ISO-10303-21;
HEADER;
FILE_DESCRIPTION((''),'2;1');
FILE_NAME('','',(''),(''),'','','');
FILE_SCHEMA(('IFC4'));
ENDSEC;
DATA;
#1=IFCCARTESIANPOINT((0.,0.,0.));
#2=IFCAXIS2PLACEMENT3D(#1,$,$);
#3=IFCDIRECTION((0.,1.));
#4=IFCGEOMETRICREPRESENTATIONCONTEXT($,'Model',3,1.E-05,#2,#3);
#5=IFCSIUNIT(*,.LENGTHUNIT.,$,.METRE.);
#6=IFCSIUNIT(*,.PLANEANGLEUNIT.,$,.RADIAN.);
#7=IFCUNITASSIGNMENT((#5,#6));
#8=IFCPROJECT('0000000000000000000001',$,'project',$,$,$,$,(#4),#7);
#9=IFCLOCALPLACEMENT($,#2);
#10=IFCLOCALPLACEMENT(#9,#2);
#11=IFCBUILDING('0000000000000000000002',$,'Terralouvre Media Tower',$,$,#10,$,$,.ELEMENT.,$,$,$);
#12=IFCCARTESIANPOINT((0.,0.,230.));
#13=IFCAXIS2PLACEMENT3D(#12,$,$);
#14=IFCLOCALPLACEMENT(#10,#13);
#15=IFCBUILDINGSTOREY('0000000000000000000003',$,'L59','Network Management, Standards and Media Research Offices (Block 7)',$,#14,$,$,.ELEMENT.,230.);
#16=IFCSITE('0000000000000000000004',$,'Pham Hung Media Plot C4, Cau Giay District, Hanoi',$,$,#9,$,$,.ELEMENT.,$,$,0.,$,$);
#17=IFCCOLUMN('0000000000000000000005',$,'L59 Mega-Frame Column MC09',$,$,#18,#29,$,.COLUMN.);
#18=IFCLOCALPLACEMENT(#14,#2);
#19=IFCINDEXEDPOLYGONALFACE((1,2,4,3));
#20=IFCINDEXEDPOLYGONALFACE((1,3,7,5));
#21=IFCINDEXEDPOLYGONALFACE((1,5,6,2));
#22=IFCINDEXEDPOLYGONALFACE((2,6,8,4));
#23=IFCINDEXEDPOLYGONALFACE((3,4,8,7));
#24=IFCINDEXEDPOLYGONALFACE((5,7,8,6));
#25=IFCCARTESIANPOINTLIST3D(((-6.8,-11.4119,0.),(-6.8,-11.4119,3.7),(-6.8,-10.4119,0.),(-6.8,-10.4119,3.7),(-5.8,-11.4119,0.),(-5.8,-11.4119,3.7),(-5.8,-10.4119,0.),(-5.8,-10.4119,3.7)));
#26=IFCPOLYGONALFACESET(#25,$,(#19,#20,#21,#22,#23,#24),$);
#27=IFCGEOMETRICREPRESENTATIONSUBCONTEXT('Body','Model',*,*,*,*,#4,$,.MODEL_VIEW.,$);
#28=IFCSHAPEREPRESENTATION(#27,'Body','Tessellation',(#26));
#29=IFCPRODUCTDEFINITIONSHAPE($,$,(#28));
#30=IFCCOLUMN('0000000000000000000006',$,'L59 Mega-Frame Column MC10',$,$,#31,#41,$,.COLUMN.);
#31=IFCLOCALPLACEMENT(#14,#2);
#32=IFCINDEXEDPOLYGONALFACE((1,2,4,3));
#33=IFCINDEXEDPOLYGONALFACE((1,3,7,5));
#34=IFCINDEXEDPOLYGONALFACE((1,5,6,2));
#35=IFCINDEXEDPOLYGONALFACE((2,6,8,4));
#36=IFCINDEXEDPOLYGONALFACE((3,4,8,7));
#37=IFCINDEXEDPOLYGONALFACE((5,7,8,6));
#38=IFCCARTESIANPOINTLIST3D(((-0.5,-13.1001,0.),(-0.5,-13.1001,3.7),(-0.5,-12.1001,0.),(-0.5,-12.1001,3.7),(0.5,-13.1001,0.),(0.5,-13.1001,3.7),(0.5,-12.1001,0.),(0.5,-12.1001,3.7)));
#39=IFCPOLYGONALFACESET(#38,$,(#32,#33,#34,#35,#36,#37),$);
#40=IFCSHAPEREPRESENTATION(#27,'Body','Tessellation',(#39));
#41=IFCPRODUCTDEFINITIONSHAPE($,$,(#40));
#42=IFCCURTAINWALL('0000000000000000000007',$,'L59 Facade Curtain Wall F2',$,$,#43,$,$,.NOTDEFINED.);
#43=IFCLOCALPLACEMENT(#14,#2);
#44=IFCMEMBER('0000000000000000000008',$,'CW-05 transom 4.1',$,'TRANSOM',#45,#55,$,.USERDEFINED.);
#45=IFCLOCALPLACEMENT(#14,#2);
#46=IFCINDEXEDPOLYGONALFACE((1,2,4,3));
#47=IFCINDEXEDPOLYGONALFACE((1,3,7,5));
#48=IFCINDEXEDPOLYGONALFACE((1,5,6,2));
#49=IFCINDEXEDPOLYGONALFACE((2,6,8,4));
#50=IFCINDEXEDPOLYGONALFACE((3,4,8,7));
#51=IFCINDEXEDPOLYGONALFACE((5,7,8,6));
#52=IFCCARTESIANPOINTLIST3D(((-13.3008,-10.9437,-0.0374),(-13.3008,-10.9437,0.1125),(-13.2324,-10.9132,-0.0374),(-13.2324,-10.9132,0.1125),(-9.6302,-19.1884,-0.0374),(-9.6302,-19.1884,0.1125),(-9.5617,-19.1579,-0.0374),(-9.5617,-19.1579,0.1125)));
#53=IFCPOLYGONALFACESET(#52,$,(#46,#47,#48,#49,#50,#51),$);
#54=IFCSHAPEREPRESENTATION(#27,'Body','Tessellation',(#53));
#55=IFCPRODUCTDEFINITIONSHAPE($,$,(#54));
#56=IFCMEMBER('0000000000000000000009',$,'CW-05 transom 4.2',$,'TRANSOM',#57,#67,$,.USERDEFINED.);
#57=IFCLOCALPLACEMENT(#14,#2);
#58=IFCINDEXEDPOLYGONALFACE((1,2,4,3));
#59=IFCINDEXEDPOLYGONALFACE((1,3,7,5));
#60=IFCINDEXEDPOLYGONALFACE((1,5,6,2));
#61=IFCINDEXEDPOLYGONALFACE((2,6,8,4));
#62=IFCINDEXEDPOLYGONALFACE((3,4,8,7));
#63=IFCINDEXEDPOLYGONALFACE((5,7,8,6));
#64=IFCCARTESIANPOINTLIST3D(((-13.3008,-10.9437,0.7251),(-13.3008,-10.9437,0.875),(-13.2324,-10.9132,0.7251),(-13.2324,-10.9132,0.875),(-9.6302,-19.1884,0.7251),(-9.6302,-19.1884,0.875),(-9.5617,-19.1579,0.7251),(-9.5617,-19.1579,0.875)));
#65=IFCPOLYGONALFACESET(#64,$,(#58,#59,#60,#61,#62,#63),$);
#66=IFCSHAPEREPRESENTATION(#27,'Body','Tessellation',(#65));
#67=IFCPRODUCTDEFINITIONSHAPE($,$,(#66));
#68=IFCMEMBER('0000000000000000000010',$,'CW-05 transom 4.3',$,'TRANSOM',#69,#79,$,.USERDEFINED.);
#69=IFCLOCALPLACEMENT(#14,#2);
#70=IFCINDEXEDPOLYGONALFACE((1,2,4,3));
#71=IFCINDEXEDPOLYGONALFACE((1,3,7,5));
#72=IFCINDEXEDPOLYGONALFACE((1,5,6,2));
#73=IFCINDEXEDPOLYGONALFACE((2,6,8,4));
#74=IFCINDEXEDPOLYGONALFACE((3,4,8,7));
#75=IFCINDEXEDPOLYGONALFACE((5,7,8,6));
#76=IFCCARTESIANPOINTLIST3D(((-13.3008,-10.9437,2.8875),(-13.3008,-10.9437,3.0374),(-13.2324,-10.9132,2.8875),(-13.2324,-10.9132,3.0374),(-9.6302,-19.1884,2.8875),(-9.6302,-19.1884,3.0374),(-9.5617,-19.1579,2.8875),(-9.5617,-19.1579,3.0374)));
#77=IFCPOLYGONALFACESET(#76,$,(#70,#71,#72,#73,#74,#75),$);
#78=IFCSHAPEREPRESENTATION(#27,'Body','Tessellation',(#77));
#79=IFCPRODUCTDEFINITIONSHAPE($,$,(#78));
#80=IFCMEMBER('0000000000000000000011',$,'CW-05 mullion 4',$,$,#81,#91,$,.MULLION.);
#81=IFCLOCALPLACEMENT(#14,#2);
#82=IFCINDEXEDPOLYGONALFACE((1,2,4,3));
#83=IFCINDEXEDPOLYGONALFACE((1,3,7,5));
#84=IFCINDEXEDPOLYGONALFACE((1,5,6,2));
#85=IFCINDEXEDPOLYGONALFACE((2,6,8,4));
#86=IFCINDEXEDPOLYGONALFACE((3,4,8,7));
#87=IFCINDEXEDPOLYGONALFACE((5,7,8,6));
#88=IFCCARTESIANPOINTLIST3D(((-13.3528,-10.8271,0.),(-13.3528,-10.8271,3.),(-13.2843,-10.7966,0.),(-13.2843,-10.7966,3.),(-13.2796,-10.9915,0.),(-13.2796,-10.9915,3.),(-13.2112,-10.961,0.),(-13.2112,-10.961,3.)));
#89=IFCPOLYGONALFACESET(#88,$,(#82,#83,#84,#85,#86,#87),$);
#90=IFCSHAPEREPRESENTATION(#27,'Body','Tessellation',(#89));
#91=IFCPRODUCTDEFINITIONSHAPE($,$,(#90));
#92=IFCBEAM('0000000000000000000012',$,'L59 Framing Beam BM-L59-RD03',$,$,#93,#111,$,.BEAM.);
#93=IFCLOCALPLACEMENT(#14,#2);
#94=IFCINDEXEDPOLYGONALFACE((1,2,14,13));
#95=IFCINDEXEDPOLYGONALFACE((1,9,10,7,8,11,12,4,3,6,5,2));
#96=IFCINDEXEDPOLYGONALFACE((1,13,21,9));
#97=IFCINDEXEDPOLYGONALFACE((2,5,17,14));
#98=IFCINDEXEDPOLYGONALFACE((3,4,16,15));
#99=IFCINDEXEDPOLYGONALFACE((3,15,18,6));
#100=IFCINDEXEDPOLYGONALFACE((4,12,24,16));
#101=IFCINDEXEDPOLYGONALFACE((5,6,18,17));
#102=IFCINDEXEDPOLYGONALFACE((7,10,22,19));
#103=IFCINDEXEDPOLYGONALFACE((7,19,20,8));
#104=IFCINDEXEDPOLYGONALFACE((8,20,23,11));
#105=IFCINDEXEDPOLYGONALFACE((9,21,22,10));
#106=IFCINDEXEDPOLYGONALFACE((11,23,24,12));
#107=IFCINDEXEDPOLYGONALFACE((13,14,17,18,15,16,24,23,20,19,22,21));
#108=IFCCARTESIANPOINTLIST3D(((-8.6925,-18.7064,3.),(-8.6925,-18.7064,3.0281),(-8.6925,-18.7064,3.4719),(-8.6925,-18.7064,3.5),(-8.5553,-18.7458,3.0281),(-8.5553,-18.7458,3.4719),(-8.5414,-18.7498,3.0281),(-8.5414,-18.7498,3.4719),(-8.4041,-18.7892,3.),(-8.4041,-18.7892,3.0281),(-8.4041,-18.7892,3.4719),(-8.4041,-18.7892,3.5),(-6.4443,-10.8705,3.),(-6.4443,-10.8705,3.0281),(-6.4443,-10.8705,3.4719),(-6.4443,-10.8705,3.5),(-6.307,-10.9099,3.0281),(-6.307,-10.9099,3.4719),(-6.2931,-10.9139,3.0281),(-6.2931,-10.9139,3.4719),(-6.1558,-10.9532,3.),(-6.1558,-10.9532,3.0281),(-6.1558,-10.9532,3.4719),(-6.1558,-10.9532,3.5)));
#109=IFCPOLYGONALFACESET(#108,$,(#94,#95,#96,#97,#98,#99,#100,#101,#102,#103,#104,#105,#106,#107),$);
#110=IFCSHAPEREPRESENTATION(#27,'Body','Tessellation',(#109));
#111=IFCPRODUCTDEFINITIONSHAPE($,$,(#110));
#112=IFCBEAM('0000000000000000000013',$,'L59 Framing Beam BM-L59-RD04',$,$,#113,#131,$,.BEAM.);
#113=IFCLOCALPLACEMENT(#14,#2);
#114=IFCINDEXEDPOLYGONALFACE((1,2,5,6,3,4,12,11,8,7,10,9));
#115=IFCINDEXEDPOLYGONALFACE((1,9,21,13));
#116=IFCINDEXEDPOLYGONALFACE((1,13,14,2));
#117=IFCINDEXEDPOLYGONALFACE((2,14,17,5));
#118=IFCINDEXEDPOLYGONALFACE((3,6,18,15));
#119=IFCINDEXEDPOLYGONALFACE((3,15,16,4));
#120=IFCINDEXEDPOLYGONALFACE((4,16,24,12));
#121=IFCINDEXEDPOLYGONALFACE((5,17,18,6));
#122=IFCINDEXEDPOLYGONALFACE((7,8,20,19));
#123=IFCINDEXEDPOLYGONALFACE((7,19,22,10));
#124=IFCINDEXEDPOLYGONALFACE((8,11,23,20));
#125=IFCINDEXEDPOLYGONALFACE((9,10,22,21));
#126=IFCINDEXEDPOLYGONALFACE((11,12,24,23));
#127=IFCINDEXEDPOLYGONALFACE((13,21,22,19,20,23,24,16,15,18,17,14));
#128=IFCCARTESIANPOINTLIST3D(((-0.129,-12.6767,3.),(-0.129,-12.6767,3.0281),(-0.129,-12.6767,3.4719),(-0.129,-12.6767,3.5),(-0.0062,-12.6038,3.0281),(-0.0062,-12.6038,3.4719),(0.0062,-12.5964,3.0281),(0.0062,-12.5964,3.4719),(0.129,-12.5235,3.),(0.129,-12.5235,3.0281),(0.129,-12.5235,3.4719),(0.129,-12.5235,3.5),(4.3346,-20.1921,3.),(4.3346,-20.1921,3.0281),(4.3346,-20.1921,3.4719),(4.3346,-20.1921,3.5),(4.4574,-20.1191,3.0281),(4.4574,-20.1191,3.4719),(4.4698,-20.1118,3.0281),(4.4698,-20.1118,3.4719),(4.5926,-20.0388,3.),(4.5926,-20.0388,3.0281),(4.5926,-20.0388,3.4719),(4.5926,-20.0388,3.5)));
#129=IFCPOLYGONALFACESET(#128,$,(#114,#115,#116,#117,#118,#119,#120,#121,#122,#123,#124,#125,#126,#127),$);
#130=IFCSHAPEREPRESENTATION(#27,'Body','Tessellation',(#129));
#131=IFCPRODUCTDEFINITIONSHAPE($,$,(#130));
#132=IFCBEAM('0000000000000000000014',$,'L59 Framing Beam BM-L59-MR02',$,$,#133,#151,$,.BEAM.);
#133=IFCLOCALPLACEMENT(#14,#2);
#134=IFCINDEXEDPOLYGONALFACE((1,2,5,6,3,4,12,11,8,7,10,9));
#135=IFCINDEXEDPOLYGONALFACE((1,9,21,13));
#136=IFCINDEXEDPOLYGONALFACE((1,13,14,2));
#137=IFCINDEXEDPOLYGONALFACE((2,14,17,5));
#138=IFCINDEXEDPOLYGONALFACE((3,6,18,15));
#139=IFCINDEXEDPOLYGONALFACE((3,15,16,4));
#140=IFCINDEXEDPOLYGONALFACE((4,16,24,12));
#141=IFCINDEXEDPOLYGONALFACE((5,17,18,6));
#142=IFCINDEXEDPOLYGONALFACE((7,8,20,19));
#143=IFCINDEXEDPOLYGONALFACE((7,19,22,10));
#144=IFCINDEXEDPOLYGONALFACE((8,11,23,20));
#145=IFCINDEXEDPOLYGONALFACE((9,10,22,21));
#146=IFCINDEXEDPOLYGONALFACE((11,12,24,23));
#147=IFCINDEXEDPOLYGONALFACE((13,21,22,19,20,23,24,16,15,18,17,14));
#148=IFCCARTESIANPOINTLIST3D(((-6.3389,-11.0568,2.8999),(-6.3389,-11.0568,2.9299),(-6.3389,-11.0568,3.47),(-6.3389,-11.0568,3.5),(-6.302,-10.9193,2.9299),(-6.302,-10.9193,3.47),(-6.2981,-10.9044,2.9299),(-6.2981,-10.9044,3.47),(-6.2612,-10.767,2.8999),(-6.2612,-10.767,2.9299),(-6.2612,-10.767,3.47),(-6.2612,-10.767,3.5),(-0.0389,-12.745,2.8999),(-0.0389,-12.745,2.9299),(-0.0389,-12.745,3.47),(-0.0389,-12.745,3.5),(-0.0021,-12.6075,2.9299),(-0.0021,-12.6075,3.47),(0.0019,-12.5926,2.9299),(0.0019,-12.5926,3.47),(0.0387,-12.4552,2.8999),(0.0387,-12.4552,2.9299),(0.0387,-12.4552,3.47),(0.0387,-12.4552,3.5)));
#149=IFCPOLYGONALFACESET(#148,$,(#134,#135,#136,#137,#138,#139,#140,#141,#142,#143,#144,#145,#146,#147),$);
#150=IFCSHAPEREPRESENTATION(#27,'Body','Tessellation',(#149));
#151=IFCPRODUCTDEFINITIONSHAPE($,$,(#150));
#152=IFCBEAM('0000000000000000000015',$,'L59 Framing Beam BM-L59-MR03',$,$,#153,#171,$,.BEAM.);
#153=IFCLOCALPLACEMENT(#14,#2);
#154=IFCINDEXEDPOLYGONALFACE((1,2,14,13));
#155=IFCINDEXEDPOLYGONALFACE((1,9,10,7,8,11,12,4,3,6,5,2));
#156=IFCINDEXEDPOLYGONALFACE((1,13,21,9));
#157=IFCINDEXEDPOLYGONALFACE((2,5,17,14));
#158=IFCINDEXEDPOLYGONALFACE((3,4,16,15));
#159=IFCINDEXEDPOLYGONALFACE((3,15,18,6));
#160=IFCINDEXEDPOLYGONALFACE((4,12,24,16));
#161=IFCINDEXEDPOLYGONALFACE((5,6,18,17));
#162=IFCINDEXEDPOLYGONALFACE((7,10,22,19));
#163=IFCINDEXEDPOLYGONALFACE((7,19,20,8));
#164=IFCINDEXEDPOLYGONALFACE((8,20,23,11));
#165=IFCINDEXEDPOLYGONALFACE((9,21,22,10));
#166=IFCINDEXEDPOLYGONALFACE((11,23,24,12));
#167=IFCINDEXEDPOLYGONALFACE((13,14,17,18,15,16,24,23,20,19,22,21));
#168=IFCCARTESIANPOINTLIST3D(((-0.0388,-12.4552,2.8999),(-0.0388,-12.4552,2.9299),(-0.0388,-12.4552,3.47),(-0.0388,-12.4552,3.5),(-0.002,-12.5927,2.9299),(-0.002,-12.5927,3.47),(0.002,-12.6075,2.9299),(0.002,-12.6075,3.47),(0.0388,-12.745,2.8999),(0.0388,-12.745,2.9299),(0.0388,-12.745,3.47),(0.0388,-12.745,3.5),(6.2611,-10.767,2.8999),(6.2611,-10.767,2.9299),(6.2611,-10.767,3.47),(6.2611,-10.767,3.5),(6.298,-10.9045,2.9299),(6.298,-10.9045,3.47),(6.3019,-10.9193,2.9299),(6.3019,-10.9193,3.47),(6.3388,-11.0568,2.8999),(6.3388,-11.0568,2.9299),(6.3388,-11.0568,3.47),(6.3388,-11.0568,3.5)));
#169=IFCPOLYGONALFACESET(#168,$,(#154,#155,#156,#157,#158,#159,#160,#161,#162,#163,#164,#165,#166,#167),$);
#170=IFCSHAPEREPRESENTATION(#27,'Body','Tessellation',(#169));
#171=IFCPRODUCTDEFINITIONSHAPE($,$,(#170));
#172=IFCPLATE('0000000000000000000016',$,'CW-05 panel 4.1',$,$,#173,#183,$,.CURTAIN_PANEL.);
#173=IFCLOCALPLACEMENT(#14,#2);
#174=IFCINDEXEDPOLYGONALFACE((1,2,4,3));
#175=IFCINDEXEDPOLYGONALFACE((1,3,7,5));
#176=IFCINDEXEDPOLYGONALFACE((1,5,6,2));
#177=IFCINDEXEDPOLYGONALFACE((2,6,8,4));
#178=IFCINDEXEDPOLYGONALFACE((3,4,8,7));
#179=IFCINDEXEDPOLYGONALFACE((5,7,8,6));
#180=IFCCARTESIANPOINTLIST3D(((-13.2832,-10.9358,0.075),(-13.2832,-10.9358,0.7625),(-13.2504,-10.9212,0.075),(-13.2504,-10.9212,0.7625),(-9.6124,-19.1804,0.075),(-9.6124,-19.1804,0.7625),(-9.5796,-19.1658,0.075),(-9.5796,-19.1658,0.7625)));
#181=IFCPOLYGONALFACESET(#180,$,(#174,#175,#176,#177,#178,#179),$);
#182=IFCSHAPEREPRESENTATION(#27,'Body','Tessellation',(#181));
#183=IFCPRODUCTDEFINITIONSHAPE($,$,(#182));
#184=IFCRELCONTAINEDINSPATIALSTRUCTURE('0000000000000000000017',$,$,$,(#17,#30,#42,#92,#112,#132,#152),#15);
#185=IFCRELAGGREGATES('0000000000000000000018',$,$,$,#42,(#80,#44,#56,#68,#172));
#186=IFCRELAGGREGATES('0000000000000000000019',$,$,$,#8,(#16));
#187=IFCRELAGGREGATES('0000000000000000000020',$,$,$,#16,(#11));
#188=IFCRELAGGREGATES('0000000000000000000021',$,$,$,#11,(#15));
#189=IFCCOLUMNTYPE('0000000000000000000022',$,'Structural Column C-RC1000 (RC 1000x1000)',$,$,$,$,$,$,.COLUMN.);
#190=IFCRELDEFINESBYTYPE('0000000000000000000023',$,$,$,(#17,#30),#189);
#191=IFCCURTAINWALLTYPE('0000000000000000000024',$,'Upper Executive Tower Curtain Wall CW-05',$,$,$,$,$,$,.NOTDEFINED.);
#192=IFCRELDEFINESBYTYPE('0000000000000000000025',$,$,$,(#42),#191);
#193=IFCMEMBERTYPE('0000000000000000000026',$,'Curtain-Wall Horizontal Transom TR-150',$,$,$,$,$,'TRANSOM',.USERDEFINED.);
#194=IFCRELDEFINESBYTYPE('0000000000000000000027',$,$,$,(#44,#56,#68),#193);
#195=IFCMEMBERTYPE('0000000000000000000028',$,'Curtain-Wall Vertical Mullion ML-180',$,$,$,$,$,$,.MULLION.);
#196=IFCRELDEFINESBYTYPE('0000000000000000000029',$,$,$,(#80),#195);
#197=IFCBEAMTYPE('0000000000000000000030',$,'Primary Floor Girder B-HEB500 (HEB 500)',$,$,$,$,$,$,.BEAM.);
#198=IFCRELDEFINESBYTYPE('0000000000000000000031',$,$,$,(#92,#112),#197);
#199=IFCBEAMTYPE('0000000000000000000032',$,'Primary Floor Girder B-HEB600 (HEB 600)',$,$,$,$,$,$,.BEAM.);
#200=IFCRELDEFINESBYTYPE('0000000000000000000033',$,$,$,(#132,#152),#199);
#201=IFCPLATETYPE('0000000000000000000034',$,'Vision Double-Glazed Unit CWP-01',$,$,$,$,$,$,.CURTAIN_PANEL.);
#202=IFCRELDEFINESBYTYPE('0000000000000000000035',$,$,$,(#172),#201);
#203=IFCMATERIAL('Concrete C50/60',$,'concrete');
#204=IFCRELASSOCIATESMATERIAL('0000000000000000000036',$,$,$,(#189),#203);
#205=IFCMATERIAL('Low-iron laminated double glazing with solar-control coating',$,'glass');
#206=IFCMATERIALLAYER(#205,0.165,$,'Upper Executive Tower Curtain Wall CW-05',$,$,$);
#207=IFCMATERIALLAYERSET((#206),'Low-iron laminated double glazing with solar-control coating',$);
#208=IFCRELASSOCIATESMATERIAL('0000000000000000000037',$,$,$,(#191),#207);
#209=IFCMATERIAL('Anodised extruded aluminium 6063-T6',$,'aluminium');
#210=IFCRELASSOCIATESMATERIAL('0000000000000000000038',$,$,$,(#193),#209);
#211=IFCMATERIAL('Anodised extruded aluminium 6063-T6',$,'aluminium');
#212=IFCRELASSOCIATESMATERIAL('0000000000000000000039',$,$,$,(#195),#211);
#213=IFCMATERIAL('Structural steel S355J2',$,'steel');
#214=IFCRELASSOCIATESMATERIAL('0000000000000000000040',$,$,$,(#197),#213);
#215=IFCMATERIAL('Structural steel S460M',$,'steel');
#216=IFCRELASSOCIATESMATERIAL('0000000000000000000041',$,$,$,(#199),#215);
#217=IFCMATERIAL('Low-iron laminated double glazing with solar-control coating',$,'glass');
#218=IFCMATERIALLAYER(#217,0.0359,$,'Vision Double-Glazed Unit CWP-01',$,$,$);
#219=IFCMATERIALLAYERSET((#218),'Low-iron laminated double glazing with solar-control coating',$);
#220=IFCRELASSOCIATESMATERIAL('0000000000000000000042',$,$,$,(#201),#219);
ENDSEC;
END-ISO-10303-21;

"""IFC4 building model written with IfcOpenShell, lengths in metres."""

from ifc_helpers import new_model, si_unit, direction, frame, origin, origin_2d, place, context, subcontext, project, spatial, rectangle, i_section, extrude, material, layer, layer_set, material_profile, profile_set, type_object, element, aggregate, save


model = new_model("IFC4")

# Units and contexts
model_context = context("Model", 3, precision=1e-05, world=origin(), true_north=direction((0.0, 1.0)))
body_context = subcontext(model_context, "Body", "Model", "MODEL_VIEW")
ifc_project = project(units=[si_unit("LENGTHUNIT", "METRE"), si_unit("PLANEANGLEUNIT", "RADIAN")], contexts=[model_context])

# Site, building, storey
site_placement = place(None, origin())
site = spatial("IfcSite", under=ifc_project, at=site_placement, Name="Pham Hung Media Plot C4, Cau Giay District, Hanoi", CompositionType="ELEMENT", RefElevation=0.0)
building_placement = place(site_placement, origin())
building = spatial("IfcBuilding", under=site, at=building_placement, Name="Terralouvre Media Tower", CompositionType="ELEMENT")
storey_placement = place(building_placement, frame((0.0, 0.0, 230.0)))
storey = spatial("IfcBuildingStorey", under=building, at=storey_placement, Name="L59", Description="Network Management, Standards and Media Research Offices (Block 7)", CompositionType="ELEMENT", Elevation=230.0)

# Columns
ifc_material_1 = material(Name="Concrete C50/60", Category="concrete")
ifc_material_profile_1 = material_profile(ifc_material_1, rectangle(XDim=1.0, YDim=1.0, at=origin_2d()), Name="RC 1000x1000")
ifc_profile_set_1 = profile_set([ifc_material_profile_1], Name="Concrete C50/60")
column_type = type_object("IfcColumnType", Name="Structural Column C-RC1000 (RC 1000x1000)", PredefinedType="COLUMN", material=ifc_profile_set_1)
for number, where, z_axis, x_axis, name in (
    (1, (-6.3, -10.9119, 0.0), (0.0, 0.0, 1.0), (1.0, 0.0, 0.0), "L59 Mega-Frame Column MC09"),
    (2, (0.0, -12.6001, 0.0), (0.0, 0.0, 1.0), (1.0, 0.0, 0.0), "L59 Mega-Frame Column MC10"),
):
    element("IfcColumn", number, at=place(storey_placement, frame(where, z_axis=z_axis, x_axis=x_axis)), inside=storey, type_object=column_type, Name=name, PredefinedType="COLUMN", context=body_context, shape_type="SweptSolid", body=[
        extrude(rectangle(XDim=1.0, YDim=1.0, at=origin_2d()), origin(), (0.0, 0.0, 1.0), 3.7),
    ])

# Curtain wall, members
ifc_material_2 = material(Name="Low-iron laminated double glazing with solar-control coating", Category="glass")
ifc_layer_1 = layer(ifc_material_2, 0.165, Name="Upper Executive Tower Curtain Wall CW-05")
ifc_layer_set_1 = layer_set([ifc_layer_1], Name="Low-iron laminated double glazing with solar-control coating")
curtain_wall_type = type_object("IfcCurtainWallType", Name="Upper Executive Tower Curtain Wall CW-05", PredefinedType="NOTDEFINED", material=ifc_layer_set_1)
curtain_wall_placement = place(storey_placement, origin())
curtain_wall = element("IfcCurtainWall", 3, at=curtain_wall_placement, inside=storey, type_object=curtain_wall_type, Name="L59 Facade Curtain Wall F2", PredefinedType="NOTDEFINED")
ifc_material_3 = material(Name="Anodised extruded aluminium 6063-T6", Category="aluminium")
ifc_material_profile_2 = material_profile(ifc_material_3, rectangle(XDim=0.075, YDim=0.1499, at=origin_2d()), Name="ALU 75x150")
ifc_profile_set_2 = profile_set([ifc_material_profile_2], Name="Anodised extruded aluminium 6063-T6")
member_type_1 = type_object("IfcMemberType", Name="Curtain-Wall Horizontal Transom TR-150", ElementType="TRANSOM", PredefinedType="USERDEFINED", material=ifc_profile_set_2)
member_1_placement = place(storey_placement, frame((-13.2666, -10.9285, 0.0376), z_axis=(0.406728, -0.913549, 0.0), x_axis=(0.913549, 0.406728, 0.0)))
member_1 = element("IfcMember", 4, at=member_1_placement, type_object=member_type_1, Name="CW-05 transom 4.1", ObjectType="TRANSOM", PredefinedType="USERDEFINED", context=body_context, shape_type="SweptSolid", body=[
    extrude(rectangle(XDim=0.075, YDim=0.1499, at=origin_2d()), origin(), (0.0, 0.0, 1.0), 9.0249),
])
member_2_placement = place(storey_placement, frame((-13.2666, -10.9285, 0.8), z_axis=(0.406728, -0.913549, 0.0), x_axis=(0.913549, 0.406728, 0.0)))
member_2 = element("IfcMember", 5, at=member_2_placement, type_object=member_type_1, Name="CW-05 transom 4.2", ObjectType="TRANSOM", PredefinedType="USERDEFINED", context=body_context, shape_type="SweptSolid", body=[
    extrude(rectangle(XDim=0.075, YDim=0.1499, at=origin_2d()), origin(), (0.0, 0.0, 1.0), 9.0249),
])
member_3_placement = place(storey_placement, frame((-13.2666, -10.9285, 2.9624), z_axis=(0.406728, -0.913549, 0.0), x_axis=(0.913549, 0.406728, 0.0)))
member_3 = element("IfcMember", 6, at=member_3_placement, type_object=member_type_1, Name="CW-05 transom 4.3", ObjectType="TRANSOM", PredefinedType="USERDEFINED", context=body_context, shape_type="SweptSolid", body=[
    extrude(rectangle(XDim=0.075, YDim=0.1499, at=origin_2d()), origin(), (0.0, 0.0, 1.0), 9.0249),
])
ifc_material_4 = material(Name="Anodised extruded aluminium 6063-T6", Category="aluminium")
ifc_material_profile_3 = material_profile(ifc_material_4, rectangle(XDim=0.075, YDim=0.1799, at=origin_2d()), Name="ALU 75x180")
ifc_profile_set_3 = profile_set([ifc_material_profile_3], Name="Anodised extruded aluminium 6063-T6")
member_type_2 = type_object("IfcMemberType", Name="Curtain-Wall Vertical Mullion ML-180", PredefinedType="MULLION", material=ifc_profile_set_3)
member_4_placement = place(storey_placement, frame((-13.282, -10.894, 0.0), z_axis=(0.0, 0.0, 1.0), x_axis=(0.913545, 0.406737, 0.0)))
member_4 = element("IfcMember", 7, at=member_4_placement, type_object=member_type_2, Name="CW-05 mullion 4", PredefinedType="MULLION", context=body_context, shape_type="SweptSolid", body=[
    extrude(rectangle(XDim=0.075, YDim=0.1799, at=origin_2d()), origin(), (0.0, 0.0, 1.0), 3.0),
])

# Beams
ifc_material_5 = material(Name="Structural steel S355J2", Category="steel")
ifc_material_profile_4 = material_profile(ifc_material_5, i_section(OverallWidth=0.3, OverallDepth=0.5, WebThickness=0.0144, FlangeThickness=0.0281, at=origin_2d()), Name="HEB 500")
ifc_profile_set_4 = profile_set([ifc_material_profile_4], Name="Structural steel S355J2")
beam_type_1 = type_object("IfcBeamType", Name="Primary Floor Girder B-HEB500 (HEB 500)", PredefinedType="BEAM", material=ifc_profile_set_4)
beam_1_placement = place(storey_placement, frame((-6.3, -10.9119, 3.25), z_axis=(-0.275793, -0.961217, 0.0), x_axis=(0.961217, -0.275793, 0.0)))
element("IfcBeam", 8, at=beam_1_placement, inside=storey, type_object=beam_type_1, Name="L59 Framing Beam BM-L59-RD03", PredefinedType="BEAM", context=body_context, shape_type="SweptSolid", body=[
    extrude(i_section(OverallWidth=0.3, OverallDepth=0.5, WebThickness=0.0144, FlangeThickness=0.0281, at=origin_2d()), origin(), (0.0, 0.0, 1.0), 8.1521),
])
beam_2_placement = place(storey_placement, frame((0.0, -12.6001, 3.25), z_axis=(0.510654, -0.859786, 0.0), x_axis=(0.859786, 0.510654, 0.0)))
element("IfcBeam", 9, at=beam_2_placement, inside=storey, type_object=beam_type_1, Name="L59 Framing Beam BM-L59-RD04", PredefinedType="BEAM", context=body_context, shape_type="SweptSolid", body=[
    extrude(i_section(OverallWidth=0.3, OverallDepth=0.5, WebThickness=0.0144, FlangeThickness=0.0281, at=origin_2d()), origin(), (0.0, 0.0, 1.0), 8.741),
])
ifc_material_6 = material(Name="Structural steel S460M", Category="steel")
ifc_material_profile_5 = material_profile(ifc_material_6, i_section(OverallWidth=0.3, OverallDepth=0.6001, WebThickness=0.0154, FlangeThickness=0.03, at=origin_2d()), Name="HEB 600")
ifc_profile_set_5 = profile_set([ifc_material_profile_5], Name="Structural steel S460M")
beam_type_2 = type_object("IfcBeamType", Name="Primary Floor Girder B-HEB600 (HEB 600)", PredefinedType="BEAM", material=ifc_profile_set_5)
for number, where, z_axis, x_axis, name in (
    (10, (-6.3, -10.9119, 3.2), (0.96592, -0.258839, 0.0), (0.258839, 0.96592, 0.0), "L59 Framing Beam BM-L59-MR02"),
    (11, (0.0, -12.6001, 3.2), (0.96592, 0.258839, 0.0), (-0.258839, 0.96592, 0.0), "L59 Framing Beam BM-L59-MR03"),
):
    element("IfcBeam", number, at=place(storey_placement, frame(where, z_axis=z_axis, x_axis=x_axis)), inside=storey, type_object=beam_type_2, Name=name, PredefinedType="BEAM", context=body_context, shape_type="SweptSolid", body=[
        extrude(i_section(OverallWidth=0.3, OverallDepth=0.6001, WebThickness=0.0154, FlangeThickness=0.03, at=origin_2d()), origin(), (0.0, 0.0, 1.0), 6.5222),
    ])

# Plate
ifc_material_7 = material(Name="Low-iron laminated double glazing with solar-control coating", Category="glass")
ifc_layer_2 = layer(ifc_material_7, 0.0359, Name="Vision Double-Glazed Unit CWP-01")
ifc_layer_set_2 = layer_set([ifc_layer_2], Name="Low-iron laminated double glazing with solar-control coating")
plate_type = type_object("IfcPlateType", Name="Vision Double-Glazed Unit CWP-01", PredefinedType="CURTAIN_PANEL", material=ifc_layer_set_2)
plate_1_placement = place(storey_placement, frame((-11.4314, -15.0508, 0.075), z_axis=(0.0, 0.0, 1.0), x_axis=(0.406737, -0.913545, 0.0)))
plate_1 = element("IfcPlate", 12, at=plate_1_placement, type_object=plate_type, Name="CW-05 panel 4.1", PredefinedType="CURTAIN_PANEL", context=body_context, shape_type="SweptSolid", body=[
    extrude(rectangle(XDim=9.0249, YDim=0.0359, at=origin_2d()), origin(), (0.0, 0.0, 1.0), 0.6875),
])
aggregate(curtain_wall, [member_4, member_1, member_2, member_3, plate_1])

save(model, "model.ifc")
